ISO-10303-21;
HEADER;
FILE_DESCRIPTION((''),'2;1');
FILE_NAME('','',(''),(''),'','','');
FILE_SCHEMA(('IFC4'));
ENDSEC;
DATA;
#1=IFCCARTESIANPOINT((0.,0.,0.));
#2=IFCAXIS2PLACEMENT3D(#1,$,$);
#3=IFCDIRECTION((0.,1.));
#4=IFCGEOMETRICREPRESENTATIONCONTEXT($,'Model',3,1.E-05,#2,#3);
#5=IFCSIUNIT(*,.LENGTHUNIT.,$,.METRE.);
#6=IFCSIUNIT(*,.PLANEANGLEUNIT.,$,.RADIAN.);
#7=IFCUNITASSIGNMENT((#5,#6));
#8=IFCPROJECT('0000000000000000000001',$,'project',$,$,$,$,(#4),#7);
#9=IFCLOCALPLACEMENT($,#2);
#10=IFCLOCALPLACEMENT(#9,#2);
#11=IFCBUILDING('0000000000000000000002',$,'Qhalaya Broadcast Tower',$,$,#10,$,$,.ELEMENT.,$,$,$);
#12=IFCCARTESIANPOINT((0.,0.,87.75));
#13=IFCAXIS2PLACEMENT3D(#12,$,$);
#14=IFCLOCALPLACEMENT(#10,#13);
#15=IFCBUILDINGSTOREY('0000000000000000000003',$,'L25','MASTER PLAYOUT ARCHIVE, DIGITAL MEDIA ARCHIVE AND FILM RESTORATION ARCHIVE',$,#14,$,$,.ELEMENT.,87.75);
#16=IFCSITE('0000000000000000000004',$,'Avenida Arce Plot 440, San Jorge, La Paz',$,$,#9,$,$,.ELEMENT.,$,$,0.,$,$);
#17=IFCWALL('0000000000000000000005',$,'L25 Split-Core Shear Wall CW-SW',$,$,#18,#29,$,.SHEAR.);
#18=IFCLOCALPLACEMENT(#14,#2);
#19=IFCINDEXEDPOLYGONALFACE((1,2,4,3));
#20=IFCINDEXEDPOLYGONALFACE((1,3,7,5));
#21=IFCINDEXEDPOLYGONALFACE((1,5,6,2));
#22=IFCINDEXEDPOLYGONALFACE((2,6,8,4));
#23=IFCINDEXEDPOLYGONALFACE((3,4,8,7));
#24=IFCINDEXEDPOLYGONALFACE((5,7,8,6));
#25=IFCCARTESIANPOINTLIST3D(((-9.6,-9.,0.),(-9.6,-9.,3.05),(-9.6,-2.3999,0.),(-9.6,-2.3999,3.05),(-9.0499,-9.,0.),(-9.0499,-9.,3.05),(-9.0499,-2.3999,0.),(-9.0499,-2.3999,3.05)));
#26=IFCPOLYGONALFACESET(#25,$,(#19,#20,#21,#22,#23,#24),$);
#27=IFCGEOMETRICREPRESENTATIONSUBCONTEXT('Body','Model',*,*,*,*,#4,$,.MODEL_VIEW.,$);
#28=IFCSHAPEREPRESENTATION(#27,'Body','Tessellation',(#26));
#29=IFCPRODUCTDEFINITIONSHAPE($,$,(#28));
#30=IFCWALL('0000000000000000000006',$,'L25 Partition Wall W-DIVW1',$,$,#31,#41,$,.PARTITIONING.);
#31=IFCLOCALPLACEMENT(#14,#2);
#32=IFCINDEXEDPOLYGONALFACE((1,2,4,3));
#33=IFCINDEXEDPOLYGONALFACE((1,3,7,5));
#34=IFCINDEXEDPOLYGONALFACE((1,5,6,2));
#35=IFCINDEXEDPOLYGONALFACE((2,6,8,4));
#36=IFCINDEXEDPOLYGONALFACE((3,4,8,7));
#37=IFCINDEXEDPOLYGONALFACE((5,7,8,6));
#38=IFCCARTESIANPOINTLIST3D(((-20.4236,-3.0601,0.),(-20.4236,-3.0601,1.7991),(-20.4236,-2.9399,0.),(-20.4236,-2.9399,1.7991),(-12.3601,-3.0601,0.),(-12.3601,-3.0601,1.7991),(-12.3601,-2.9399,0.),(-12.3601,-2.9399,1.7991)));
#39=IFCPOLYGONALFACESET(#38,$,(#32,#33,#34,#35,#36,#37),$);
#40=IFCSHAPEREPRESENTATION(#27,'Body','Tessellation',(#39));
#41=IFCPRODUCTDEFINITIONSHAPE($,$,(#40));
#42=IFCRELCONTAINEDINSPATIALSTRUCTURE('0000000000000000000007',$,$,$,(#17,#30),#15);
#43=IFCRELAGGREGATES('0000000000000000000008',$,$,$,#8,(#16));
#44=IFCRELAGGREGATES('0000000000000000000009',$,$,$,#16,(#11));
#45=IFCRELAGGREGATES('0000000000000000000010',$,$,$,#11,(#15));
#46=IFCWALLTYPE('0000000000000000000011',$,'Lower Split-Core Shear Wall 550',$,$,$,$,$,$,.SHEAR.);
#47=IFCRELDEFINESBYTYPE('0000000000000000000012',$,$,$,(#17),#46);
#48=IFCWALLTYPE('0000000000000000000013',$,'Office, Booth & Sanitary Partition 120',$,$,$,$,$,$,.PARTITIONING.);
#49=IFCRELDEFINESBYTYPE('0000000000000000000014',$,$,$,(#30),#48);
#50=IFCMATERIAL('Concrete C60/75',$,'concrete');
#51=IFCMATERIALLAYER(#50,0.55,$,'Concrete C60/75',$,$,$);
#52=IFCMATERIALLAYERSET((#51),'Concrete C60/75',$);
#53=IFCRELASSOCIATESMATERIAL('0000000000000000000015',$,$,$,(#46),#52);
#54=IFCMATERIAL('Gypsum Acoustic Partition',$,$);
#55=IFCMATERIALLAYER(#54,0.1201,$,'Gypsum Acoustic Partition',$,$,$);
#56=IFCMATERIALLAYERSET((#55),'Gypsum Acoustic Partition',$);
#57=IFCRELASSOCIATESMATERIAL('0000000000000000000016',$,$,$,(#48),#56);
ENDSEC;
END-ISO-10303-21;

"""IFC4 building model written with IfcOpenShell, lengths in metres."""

from ifc_helpers import new_model, si_unit, direction, frame, frame_2d, origin, place, context, subcontext, project, spatial, rectangle, extrude, material, layer, layer_set, type_object, element, save


model = new_model("IFC4")

# Units and contexts
model_context = context("Model", 3, precision=1e-05, world=origin(), true_north=direction((0.0, 1.0)))
body_context = subcontext(model_context, "Body", "Model", "MODEL_VIEW")
ifc_project = project(units=[si_unit("LENGTHUNIT", "METRE"), si_unit("PLANEANGLEUNIT", "RADIAN")], contexts=[model_context])

# Site, building, storey
site_placement = place(None, origin())
site = spatial("IfcSite", under=ifc_project, at=site_placement, Name="Avenida Arce Plot 440, San Jorge, La Paz", CompositionType="ELEMENT", RefElevation=0.0)
building_placement = place(site_placement, origin())
building = spatial("IfcBuilding", under=site, at=building_placement, Name="Qhalaya Broadcast Tower", CompositionType="ELEMENT")
storey_placement = place(building_placement, frame((0.0, 0.0, 87.75)))
storey = spatial("IfcBuildingStorey", under=building, at=storey_placement, Name="L25", Description="MASTER PLAYOUT ARCHIVE, DIGITAL MEDIA ARCHIVE AND FILM RESTORATION ARCHIVE", CompositionType="ELEMENT", Elevation=87.75)

# Shared definitions
ifc_material_1 = material(Name="Gypsum Acoustic Partition")

# Shared definitions
ifc_material_2 = material(Name="Concrete C60/75", Category="concrete")
ifc_layer_1 = layer(ifc_material_2, 0.55, Name="Concrete C60/75")
ifc_layer_set_1 = layer_set([ifc_layer_1], Name="Concrete C60/75")
wall_type_1 = type_object("IfcWallType", Name="Lower Split-Core Shear Wall 550", PredefinedType="SHEAR", material=ifc_layer_set_1)

# Walls
wall_1_placement = place(storey_placement, frame((-9.325, -9.0, 0.0), z_axis=(0.0, 0.0, 1.0), x_axis=(0.0, 1.0, 0.0)))
element("IfcWall", 1, at=wall_1_placement, inside=storey, type_object=wall_type_1, Name="L25 Split-Core Shear Wall CW-SW", PredefinedType="SHEAR", context=body_context, shape_type="SweptSolid", body=[
    extrude(rectangle(XDim=6.6001, YDim=0.55, at=frame_2d((3.3, 0.0))), origin(), (0.0, 0.0, 1.0), 3.05),
])
ifc_layer_2 = layer(ifc_material_1, 0.1201, Name="Gypsum Acoustic Partition")
ifc_layer_set_2 = layer_set([ifc_layer_2], Name="Gypsum Acoustic Partition")
wall_type_2 = type_object("IfcWallType", Name="Office, Booth & Sanitary Partition 120", PredefinedType="PARTITIONING", material=ifc_layer_set_2)
wall_2_placement = place(storey_placement, frame((-20.4236, -3.0, 0.0), z_axis=(0.0, 0.0, 1.0), x_axis=(1.0, 0.0, 0.0)))
element("IfcWall", 2, at=wall_2_placement, inside=storey, type_object=wall_type_2, Name="L25 Partition Wall W-DIVW1", PredefinedType="PARTITIONING", context=body_context, shape_type="SweptSolid", body=[
    extrude(rectangle(XDim=8.0635, YDim=0.1201, at=frame_2d((4.0317, 0.0))), origin(), (0.0, 0.0, 1.0), 1.7991),
])

save(model, "model.ifc")
